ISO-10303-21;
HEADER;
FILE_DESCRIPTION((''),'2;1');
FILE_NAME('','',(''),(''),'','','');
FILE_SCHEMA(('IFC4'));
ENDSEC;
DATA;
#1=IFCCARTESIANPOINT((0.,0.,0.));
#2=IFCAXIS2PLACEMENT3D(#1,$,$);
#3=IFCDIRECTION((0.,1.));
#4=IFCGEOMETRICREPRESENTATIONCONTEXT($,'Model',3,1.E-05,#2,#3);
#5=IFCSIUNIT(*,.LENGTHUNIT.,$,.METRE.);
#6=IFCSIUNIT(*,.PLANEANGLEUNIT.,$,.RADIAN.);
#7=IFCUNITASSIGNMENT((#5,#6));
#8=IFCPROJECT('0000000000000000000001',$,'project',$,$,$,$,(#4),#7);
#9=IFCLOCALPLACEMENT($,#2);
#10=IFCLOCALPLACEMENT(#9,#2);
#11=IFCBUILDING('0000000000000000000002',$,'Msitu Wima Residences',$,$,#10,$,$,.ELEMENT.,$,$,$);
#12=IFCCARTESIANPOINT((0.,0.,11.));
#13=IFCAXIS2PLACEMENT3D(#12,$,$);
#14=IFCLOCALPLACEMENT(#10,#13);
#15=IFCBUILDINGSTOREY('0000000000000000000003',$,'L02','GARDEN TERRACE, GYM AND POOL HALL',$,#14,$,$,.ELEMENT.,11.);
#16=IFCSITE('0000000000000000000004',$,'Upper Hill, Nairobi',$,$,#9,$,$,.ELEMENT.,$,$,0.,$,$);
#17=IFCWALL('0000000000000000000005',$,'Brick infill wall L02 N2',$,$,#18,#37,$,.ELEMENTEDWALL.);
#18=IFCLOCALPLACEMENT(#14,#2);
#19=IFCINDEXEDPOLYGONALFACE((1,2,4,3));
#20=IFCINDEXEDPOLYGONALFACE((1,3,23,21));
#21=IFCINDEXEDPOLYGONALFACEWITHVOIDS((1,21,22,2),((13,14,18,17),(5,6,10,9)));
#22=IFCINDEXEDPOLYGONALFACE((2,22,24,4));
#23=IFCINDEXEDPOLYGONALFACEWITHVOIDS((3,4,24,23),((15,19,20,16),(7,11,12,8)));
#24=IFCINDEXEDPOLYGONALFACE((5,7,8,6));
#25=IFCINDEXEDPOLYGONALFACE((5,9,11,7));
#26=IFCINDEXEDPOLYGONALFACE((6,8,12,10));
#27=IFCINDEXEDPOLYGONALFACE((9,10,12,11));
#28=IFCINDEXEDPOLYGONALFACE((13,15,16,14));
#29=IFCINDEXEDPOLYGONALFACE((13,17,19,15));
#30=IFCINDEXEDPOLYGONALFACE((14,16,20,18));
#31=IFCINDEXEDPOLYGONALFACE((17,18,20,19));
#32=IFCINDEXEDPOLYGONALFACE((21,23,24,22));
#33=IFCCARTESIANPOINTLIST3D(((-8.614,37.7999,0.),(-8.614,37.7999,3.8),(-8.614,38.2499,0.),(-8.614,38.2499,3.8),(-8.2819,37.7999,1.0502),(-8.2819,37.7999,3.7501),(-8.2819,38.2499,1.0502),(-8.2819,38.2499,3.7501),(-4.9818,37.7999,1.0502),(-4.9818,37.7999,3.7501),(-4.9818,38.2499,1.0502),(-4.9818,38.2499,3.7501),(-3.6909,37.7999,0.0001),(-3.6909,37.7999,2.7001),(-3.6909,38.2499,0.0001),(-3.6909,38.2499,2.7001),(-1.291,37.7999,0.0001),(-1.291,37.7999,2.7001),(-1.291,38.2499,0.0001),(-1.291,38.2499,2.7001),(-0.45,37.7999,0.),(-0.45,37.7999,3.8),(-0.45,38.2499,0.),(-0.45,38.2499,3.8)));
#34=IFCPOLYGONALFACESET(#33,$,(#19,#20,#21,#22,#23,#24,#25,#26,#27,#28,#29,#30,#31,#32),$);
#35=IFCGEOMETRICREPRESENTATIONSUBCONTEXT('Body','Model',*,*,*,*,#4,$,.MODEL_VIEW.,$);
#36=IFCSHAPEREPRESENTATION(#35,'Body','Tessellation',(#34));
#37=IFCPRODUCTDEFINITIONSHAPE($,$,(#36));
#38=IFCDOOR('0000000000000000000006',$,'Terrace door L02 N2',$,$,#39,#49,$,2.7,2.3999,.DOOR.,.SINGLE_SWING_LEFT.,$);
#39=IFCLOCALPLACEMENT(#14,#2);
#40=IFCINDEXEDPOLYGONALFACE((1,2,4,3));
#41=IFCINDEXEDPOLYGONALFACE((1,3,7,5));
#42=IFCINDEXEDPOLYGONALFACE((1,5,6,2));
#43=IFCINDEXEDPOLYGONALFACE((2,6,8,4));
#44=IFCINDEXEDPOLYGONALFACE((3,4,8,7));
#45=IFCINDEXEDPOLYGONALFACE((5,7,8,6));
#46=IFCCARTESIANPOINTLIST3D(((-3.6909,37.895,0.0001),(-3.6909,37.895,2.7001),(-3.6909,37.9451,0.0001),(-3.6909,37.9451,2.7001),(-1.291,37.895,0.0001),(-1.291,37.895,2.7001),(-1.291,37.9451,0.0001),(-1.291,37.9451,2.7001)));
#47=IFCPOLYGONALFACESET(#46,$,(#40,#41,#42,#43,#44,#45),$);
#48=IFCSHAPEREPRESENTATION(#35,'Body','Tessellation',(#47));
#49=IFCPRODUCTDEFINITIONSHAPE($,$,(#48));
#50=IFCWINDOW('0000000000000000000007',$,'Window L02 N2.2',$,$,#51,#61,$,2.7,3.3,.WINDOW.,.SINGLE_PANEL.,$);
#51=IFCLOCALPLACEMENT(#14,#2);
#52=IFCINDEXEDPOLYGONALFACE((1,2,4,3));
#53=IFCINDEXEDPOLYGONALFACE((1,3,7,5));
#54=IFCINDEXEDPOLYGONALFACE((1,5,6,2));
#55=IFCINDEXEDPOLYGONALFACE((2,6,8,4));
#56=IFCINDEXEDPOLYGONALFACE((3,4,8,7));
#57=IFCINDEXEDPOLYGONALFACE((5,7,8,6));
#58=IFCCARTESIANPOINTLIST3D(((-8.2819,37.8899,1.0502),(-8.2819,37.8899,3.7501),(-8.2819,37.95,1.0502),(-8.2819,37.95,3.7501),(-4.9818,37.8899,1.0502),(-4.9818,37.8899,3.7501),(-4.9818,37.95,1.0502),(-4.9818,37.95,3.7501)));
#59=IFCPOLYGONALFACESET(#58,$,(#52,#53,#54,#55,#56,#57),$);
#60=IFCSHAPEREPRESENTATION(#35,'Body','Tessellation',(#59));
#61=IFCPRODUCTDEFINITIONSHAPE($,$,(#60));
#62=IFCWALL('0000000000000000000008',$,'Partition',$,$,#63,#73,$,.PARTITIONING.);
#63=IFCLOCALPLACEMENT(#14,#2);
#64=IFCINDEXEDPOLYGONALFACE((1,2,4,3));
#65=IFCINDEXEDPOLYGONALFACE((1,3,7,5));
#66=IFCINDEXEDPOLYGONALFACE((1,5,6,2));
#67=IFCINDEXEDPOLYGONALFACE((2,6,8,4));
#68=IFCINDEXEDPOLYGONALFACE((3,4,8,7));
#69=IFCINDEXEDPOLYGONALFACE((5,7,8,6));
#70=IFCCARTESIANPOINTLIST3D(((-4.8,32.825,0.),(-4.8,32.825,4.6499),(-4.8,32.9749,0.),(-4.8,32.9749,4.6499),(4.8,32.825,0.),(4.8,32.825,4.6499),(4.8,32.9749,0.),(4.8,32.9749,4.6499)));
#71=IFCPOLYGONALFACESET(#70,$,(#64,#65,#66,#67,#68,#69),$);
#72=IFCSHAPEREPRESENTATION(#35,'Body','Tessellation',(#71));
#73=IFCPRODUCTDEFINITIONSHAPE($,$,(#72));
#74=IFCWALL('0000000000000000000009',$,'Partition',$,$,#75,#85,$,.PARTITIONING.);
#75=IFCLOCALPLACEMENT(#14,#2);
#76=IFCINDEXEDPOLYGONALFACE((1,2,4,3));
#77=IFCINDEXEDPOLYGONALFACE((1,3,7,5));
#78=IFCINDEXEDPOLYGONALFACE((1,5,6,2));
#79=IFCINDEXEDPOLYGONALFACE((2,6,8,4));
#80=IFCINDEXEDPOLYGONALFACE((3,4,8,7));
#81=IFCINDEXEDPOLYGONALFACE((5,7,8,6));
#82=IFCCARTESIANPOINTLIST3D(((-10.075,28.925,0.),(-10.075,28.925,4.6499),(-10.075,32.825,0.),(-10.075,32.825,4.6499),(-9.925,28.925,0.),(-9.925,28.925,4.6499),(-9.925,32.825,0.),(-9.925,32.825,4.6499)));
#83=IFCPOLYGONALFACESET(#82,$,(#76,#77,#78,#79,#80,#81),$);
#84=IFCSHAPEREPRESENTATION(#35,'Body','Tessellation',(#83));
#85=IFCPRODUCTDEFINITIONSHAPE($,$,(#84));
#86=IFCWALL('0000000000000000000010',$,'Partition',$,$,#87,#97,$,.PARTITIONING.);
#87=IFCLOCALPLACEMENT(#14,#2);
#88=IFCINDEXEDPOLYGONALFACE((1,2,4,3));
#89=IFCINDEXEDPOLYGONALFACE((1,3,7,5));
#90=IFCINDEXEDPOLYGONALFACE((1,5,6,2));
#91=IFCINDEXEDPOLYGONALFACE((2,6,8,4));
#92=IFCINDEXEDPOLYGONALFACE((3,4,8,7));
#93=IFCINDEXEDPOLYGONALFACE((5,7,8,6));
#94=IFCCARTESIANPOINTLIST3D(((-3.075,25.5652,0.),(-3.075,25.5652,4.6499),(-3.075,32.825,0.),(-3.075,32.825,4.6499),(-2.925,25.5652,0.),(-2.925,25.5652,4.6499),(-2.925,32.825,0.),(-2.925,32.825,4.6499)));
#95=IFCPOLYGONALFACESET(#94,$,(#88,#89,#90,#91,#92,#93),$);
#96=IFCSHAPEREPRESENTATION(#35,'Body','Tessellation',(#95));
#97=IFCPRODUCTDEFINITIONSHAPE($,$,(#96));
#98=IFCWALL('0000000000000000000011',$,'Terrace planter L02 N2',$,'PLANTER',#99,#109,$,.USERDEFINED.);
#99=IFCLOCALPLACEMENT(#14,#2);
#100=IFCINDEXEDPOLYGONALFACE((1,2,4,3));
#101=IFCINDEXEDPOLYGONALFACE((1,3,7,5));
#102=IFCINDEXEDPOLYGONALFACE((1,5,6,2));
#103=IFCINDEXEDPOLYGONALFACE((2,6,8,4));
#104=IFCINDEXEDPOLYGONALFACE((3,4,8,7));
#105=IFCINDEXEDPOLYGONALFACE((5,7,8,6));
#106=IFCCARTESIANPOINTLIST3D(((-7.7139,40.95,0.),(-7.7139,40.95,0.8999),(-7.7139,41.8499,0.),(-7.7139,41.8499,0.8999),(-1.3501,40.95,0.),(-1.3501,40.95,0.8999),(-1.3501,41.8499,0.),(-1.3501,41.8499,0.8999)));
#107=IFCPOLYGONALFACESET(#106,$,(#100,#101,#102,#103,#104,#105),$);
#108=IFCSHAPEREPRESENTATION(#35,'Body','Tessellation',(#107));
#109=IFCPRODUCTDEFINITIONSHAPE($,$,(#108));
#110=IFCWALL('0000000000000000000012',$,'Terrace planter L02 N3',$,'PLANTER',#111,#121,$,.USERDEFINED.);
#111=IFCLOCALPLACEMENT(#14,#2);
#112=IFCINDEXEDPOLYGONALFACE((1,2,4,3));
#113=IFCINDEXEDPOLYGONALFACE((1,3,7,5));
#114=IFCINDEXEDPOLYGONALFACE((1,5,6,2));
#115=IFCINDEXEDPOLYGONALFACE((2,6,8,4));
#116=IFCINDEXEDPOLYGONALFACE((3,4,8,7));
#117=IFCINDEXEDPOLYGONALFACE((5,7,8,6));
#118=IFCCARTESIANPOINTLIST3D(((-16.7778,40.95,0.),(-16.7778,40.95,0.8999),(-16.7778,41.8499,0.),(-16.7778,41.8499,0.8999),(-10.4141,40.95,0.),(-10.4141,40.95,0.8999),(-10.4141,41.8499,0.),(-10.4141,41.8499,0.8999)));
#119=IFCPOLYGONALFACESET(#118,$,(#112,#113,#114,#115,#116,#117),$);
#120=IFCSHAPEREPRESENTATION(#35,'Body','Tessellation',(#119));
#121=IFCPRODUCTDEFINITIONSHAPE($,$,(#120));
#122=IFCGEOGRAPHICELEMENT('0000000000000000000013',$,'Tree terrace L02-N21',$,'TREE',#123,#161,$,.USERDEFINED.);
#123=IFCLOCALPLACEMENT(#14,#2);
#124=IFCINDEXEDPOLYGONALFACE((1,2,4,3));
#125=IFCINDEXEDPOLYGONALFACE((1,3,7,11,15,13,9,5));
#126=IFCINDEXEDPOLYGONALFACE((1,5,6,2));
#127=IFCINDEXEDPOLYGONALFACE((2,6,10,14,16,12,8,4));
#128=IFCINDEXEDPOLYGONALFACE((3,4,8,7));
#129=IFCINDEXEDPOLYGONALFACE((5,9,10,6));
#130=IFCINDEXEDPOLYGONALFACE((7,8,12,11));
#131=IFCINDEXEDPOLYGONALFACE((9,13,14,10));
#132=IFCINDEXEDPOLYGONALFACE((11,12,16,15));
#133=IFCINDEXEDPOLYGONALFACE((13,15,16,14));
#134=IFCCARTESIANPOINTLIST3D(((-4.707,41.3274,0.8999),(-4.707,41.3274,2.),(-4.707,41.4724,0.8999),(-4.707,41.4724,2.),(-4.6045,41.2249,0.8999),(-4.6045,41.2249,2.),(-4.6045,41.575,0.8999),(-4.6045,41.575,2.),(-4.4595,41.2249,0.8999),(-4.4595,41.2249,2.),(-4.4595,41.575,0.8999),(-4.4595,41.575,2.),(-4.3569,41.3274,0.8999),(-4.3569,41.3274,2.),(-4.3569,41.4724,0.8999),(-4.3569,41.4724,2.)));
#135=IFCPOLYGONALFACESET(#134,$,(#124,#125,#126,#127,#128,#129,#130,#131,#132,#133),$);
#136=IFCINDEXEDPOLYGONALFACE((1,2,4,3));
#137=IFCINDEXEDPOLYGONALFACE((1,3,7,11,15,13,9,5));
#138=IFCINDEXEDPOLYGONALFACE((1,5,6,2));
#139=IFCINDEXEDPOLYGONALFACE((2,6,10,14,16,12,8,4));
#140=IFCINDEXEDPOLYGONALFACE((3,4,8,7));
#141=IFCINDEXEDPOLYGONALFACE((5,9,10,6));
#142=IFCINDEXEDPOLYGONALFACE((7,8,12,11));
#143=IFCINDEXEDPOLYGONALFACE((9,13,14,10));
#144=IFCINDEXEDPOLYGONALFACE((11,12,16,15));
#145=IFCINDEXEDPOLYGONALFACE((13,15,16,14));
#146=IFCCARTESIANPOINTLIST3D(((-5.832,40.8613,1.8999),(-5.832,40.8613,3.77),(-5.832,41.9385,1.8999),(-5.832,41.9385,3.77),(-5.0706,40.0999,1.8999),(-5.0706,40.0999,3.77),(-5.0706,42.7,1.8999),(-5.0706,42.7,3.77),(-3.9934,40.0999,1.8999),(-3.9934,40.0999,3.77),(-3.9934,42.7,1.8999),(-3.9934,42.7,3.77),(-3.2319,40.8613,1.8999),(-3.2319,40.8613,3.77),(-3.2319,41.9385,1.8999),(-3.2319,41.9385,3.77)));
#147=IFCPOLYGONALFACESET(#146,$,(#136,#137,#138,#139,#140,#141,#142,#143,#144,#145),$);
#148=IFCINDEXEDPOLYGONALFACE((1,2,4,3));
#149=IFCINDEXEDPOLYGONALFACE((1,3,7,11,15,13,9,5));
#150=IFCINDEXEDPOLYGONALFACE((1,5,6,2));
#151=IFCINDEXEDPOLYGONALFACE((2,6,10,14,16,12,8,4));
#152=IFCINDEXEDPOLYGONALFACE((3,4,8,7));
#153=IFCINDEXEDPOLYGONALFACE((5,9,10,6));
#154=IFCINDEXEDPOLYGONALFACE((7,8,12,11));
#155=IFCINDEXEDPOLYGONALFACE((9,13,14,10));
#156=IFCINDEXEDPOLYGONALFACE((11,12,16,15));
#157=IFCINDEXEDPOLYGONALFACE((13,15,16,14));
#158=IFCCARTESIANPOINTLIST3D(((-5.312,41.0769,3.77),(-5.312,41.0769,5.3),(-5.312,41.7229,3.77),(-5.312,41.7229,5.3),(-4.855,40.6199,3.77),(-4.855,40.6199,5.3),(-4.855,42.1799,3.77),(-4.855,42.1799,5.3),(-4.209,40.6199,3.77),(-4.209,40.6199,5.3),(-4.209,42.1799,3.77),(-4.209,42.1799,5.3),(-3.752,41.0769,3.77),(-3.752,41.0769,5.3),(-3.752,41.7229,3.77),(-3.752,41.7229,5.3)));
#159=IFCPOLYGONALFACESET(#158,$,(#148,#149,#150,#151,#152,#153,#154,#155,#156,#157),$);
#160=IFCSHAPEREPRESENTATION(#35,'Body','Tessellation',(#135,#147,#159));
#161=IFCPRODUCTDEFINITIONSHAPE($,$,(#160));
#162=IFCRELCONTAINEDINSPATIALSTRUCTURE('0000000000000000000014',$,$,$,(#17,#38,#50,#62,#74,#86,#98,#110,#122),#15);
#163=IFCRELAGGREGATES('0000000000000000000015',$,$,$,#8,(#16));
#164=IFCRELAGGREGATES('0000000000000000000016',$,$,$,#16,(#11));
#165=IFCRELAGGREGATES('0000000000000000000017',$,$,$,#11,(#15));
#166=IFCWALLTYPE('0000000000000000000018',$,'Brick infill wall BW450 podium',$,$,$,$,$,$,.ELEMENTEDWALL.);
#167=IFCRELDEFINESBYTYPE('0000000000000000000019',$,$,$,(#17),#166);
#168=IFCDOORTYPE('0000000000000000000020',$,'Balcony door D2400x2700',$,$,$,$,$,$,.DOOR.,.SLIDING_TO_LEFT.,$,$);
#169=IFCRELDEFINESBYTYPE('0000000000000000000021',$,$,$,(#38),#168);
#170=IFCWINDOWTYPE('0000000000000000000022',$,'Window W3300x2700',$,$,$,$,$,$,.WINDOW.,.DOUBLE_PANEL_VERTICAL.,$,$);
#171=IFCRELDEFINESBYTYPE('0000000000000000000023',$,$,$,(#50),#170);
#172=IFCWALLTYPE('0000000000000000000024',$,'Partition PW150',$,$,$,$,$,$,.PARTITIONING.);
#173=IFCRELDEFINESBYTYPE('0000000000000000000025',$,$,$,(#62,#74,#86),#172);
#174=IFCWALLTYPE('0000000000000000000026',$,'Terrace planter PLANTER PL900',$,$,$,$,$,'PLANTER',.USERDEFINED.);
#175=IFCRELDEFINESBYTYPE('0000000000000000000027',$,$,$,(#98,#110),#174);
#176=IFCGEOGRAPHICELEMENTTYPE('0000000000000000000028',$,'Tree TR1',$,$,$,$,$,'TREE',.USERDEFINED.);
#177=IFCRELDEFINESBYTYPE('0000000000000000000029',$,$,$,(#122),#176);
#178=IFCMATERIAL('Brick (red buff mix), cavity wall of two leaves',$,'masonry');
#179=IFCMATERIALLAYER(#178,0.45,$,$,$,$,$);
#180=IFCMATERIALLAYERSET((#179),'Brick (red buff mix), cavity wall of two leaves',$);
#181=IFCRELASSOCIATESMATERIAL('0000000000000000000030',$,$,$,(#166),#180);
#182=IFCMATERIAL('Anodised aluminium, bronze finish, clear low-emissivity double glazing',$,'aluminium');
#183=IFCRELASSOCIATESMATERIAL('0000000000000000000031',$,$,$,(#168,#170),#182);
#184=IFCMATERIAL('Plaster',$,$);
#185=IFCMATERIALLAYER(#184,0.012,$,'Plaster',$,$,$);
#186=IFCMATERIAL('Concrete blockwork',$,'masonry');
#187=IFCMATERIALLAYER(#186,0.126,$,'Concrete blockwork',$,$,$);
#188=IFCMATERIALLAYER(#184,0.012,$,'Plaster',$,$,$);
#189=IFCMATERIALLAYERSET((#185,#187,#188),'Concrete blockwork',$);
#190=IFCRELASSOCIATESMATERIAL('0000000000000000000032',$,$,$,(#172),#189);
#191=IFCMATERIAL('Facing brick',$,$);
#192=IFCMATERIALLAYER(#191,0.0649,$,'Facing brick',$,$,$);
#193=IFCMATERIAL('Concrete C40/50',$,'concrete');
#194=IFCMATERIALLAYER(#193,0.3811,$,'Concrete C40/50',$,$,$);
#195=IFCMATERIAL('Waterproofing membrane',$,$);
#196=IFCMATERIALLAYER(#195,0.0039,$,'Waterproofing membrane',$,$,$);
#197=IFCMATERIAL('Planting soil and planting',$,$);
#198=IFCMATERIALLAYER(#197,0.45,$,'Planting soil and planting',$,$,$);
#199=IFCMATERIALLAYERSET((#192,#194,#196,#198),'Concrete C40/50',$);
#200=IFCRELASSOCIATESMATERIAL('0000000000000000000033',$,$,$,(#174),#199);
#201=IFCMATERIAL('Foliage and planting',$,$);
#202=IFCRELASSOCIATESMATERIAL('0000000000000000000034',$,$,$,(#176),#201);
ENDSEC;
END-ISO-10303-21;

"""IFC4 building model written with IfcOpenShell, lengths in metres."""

from ifc_helpers import new_model, si_unit, direction, frame, frame_2d, origin, place, context, subcontext, project, spatial, polyline, rectangle, outline, extrude, material, layer, layer_set, type_object, element, fill, save


model = new_model("IFC4")

# Units and contexts
model_context = context("Model", 3, precision=1e-05, world=origin(), true_north=direction((0.0, 1.0)))
body_context = subcontext(model_context, "Body", "Model", "MODEL_VIEW")
ifc_project = project(units=[si_unit("LENGTHUNIT", "METRE"), si_unit("PLANEANGLEUNIT", "RADIAN")], contexts=[model_context])

# Site, building, storey
site_placement = place(None, origin())
site = spatial("IfcSite", under=ifc_project, at=site_placement, Name="Upper Hill, Nairobi", CompositionType="ELEMENT", RefElevation=0.0)
building_placement = place(site_placement, origin())
building = spatial("IfcBuilding", under=site, at=building_placement, Name="Msitu Wima Residences", CompositionType="ELEMENT")
storey_placement = place(building_placement, frame((0.0, 0.0, 11.0)))
storey = spatial("IfcBuildingStorey", under=building, at=storey_placement, Name="L02", Description="GARDEN TERRACE, GYM AND POOL HALL", CompositionType="ELEMENT", Elevation=11.0)

# Shared definitions
ifc_material_1 = material(Name="Concrete C40/50", Category="concrete")

# Shared definitions
ifc_material_2 = material(Name="Anodised aluminium, bronze finish, clear low-emissivity double glazing", Category="aluminium")

# Wall, openings, door, window
ifc_material_3 = material(Name="Brick (red buff mix), cavity wall of two leaves", Category="masonry")
ifc_layer_1 = layer(ifc_material_3, 0.45)
ifc_layer_set_1 = layer_set([ifc_layer_1], Name="Brick (red buff mix), cavity wall of two leaves")
wall_type_1 = type_object("IfcWallType", Name="Brick infill wall BW450 podium", PredefinedType="ELEMENTEDWALL", material=ifc_layer_set_1)
wall_1_placement = place(storey_placement, frame((-0.45, 38.0249, 0.0), z_axis=(0.0, 0.0, 1.0), x_axis=(-1.0, 0.0, 0.0)))
wall_1 = element("IfcWall", 1, at=wall_1_placement, inside=storey, type_object=wall_type_1, Name="Brick infill wall L02 N2", PredefinedType="ELEMENTEDWALL", context=body_context, shape_type="SweptSolid", body=[
    extrude(rectangle(XDim=8.1641, YDim=0.45, at=frame_2d((4.082, 0.0))), origin(), (0.0, 0.0, 1.0), 3.8),
])
opening_1_placement = place(wall_1_placement, frame((0.8411, 0.0, 0.0)))
opening_1 = element("IfcOpeningElement", 2, at=opening_1_placement, cuts=wall_1, PredefinedType="OPENING", context=body_context, shape_type="SweptSolid", body=[
    extrude(rectangle(XDim=2.3999, YDim=2.7, at=frame_2d((1.2, 1.3501))), frame((0.0, 0.2349, 0.0), z_axis=(0.0, -1.0, 0.0), x_axis=(1.0, 0.0, 0.0)), (0.0, 0.0, 1.0), 0.47),
])
opening_2_placement = place(wall_1_placement, frame((4.532, 0.0, 1.05)))
opening_2 = element("IfcOpeningElement", 3, at=opening_2_placement, cuts=wall_1, PredefinedType="OPENING", context=body_context, shape_type="SweptSolid", body=[
    extrude(rectangle(XDim=3.3, YDim=2.7, at=frame_2d((1.6499, 1.3501))), frame((0.0, 0.2349, 0.0), z_axis=(0.0, -1.0, 0.0), x_axis=(1.0, 0.0, 0.0)), (0.0, 0.0, 1.0), 0.47),
])
door_type_1 = type_object("IfcDoorType", Name="Balcony door D2400x2700", OperationType="SLIDING_TO_LEFT", PredefinedType="DOOR", material=ifc_material_2)
door_1_placement = place(opening_1_placement, origin())
door_1 = element("IfcDoor", 4, at=door_1_placement, inside=storey, type_object=door_type_1, Name="Terrace door L02 N2", OperationType="SINGLE_SWING_LEFT", OverallHeight=2.7, OverallWidth=2.3999, PredefinedType="DOOR", context=body_context, shape_type="SweptSolid", body=[
    extrude(rectangle(XDim=2.3999, YDim=2.7, at=frame_2d((1.2, 1.3501))), frame((0.0, 0.1299, 0.0), z_axis=(0.0, -1.0, 0.0), x_axis=(1.0, 0.0, 0.0)), (0.0, 0.0, 1.0), 0.05),
])
fill(opening_1, door_1)
window_type = type_object("IfcWindowType", Name="Window W3300x2700", PartitioningType="DOUBLE_PANEL_VERTICAL", PredefinedType="WINDOW", material=ifc_material_2)
window_placement = place(opening_2_placement, origin())
window = element("IfcWindow", 5, at=window_placement, inside=storey, type_object=window_type, Name="Window L02 N2.2", OverallHeight=2.7, OverallWidth=3.3, PartitioningType="SINGLE_PANEL", PredefinedType="WINDOW", context=body_context, shape_type="SweptSolid", body=[
    extrude(rectangle(XDim=3.3, YDim=2.7, at=frame_2d((1.6499, 1.3501))), frame((0.0, 0.135, 0.0), z_axis=(0.0, -1.0, 0.0), x_axis=(1.0, 0.0, 0.0)), (0.0, 0.0, 1.0), 0.0601),
])
fill(opening_2, window)

# Shared definitions
ifc_material_4 = material(Name="Plaster")
ifc_material_5 = material(Name="Concrete blockwork", Category="masonry")

# Walls
ifc_layer_2 = layer(ifc_material_4, 0.012, Name="Plaster")
ifc_layer_3 = layer(ifc_material_5, 0.126, Name="Concrete blockwork")
ifc_layer_4 = layer(ifc_material_4, 0.012, Name="Plaster")
ifc_layer_set_2 = layer_set([ifc_layer_2, ifc_layer_3, ifc_layer_4], Name="Concrete blockwork")
wall_type_2 = type_object("IfcWallType", Name="Partition PW150", PredefinedType="PARTITIONING", material=ifc_layer_set_2)
wall_2_placement = place(storey_placement, frame((-4.8, 32.8999, 0.0), z_axis=(0.0, 0.0, 1.0), x_axis=(1.0, 0.0, 0.0)))
element("IfcWall", 6, at=wall_2_placement, inside=storey, type_object=wall_type_2, Name="Partition", PredefinedType="PARTITIONING", context=body_context, shape_type="SweptSolid", body=[
    extrude(rectangle(XDim=9.6001, YDim=0.1499, at=frame_2d((4.8, 0.0))), origin(), (0.0, 0.0, 1.0), 4.6499),
])
wall_3_placement = place(storey_placement, frame((-10.0, 28.925, 0.0), z_axis=(0.0, 0.0, 1.0), x_axis=(0.0, 1.0, 0.0)))
element("IfcWall", 7, at=wall_3_placement, inside=storey, type_object=wall_type_2, Name="Partition", PredefinedType="PARTITIONING", context=body_context, shape_type="SweptSolid", body=[
    extrude(rectangle(XDim=3.8999, YDim=0.1499, at=frame_2d((1.95, 0.0))), origin(), (0.0, 0.0, 1.0), 4.6499),
])
wall_4_placement = place(storey_placement, frame((-3.0, 25.5652, 0.0), z_axis=(0.0, 0.0, 1.0), x_axis=(0.0, 1.0, 0.0)))
element("IfcWall", 8, at=wall_4_placement, inside=storey, type_object=wall_type_2, Name="Partition", PredefinedType="PARTITIONING", context=body_context, shape_type="SweptSolid", body=[
    extrude(rectangle(XDim=7.2598, YDim=0.1499, at=frame_2d((3.6299, 0.0))), origin(), (0.0, 0.0, 1.0), 4.6499),
])
ifc_material_6 = material(Name="Facing brick")
ifc_layer_5 = layer(ifc_material_6, 0.0649, Name="Facing brick")
ifc_layer_6 = layer(ifc_material_1, 0.3811, Name="Concrete C40/50")
ifc_material_7 = material(Name="Waterproofing membrane")
ifc_layer_7 = layer(ifc_material_7, 0.0039, Name="Waterproofing membrane")
ifc_material_8 = material(Name="Planting soil and planting")
ifc_layer_8 = layer(ifc_material_8, 0.45, Name="Planting soil and planting")
ifc_layer_set_3 = layer_set([ifc_layer_5, ifc_layer_6, ifc_layer_7, ifc_layer_8], Name="Concrete C40/50")
wall_type_3 = type_object("IfcWallType", Name="Terrace planter PLANTER PL900", ElementType="PLANTER", PredefinedType="USERDEFINED", material=ifc_layer_set_3)
for number, where, z_axis, x_axis, name in (
    (9, (-1.3501, 41.3999, 0.0), (0.0, 0.0, 1.0), (-1.0, 0.0, 0.0), "Terrace planter L02 N2"),
    (10, (-10.4141, 41.3999, 0.0), (0.0, 0.0, 1.0), (-1.0, 0.0, 0.0), "Terrace planter L02 N3"),
):
    element("IfcWall", number, at=place(storey_placement, frame(where, z_axis=z_axis, x_axis=x_axis)), inside=storey, type_object=wall_type_3, Name=name, ObjectType="PLANTER", PredefinedType="USERDEFINED", context=body_context, shape_type="SweptSolid", body=[
        extrude(rectangle(XDim=6.3638, YDim=0.8999, at=frame_2d((3.1819, 0.0))), origin(), (0.0, 0.0, 1.0), 0.8999),
    ])

# Geographic element
ifc_material_9 = material(Name="Foliage and planting")
geographic_element_type = type_object("IfcGeographicElementType", Name="Tree TR1", ElementType="TREE", PredefinedType="USERDEFINED", material=ifc_material_9)
geographic_element_placement = place(storey_placement, frame((-4.532, 41.3999, 0.8999), z_axis=(0.0, 0.0, 1.0), x_axis=(1.0, 0.0, 0.0)))
element("IfcGeographicElement", 11, at=geographic_element_placement, inside=storey, type_object=geographic_element_type, Name="Tree terrace L02-N21", ObjectType="TREE", PredefinedType="USERDEFINED", context=body_context, shape_type="SweptSolid", body=[
    extrude(outline(polyline([(0.175, 0.0725), (0.0725, 0.175), (-0.0725, 0.175), (-0.175, 0.0725), (-0.175, -0.0725), (-0.0725, -0.175), (0.0725, -0.175), (0.175, -0.0725), (0.175, 0.0725)])), origin(), (0.0, 0.0, 1.0), 1.1001),
    extrude(outline(polyline([(1.3, 0.5386), (0.5386, 1.3), (-0.5386, 1.3), (-1.3, 0.5386), (-1.3, -0.5386), (-0.5386, -1.3), (0.5386, -1.3), (1.3, -0.5386), (1.3, 0.5386)])), frame((0.0, 0.0, 1.0)), (0.0, 0.0, 1.0), 1.8701),
    extrude(outline(polyline([(0.78, 0.323), (0.323, 0.78), (-0.323, 0.78), (-0.78, 0.323), (-0.78, -0.323), (-0.323, -0.78), (0.323, -0.78), (0.78, -0.323), (0.78, 0.323)])), frame((0.0, 0.0, 2.8701)), (0.0, 0.0, 1.0), 1.53),
])

save(model, "model.ifc")
